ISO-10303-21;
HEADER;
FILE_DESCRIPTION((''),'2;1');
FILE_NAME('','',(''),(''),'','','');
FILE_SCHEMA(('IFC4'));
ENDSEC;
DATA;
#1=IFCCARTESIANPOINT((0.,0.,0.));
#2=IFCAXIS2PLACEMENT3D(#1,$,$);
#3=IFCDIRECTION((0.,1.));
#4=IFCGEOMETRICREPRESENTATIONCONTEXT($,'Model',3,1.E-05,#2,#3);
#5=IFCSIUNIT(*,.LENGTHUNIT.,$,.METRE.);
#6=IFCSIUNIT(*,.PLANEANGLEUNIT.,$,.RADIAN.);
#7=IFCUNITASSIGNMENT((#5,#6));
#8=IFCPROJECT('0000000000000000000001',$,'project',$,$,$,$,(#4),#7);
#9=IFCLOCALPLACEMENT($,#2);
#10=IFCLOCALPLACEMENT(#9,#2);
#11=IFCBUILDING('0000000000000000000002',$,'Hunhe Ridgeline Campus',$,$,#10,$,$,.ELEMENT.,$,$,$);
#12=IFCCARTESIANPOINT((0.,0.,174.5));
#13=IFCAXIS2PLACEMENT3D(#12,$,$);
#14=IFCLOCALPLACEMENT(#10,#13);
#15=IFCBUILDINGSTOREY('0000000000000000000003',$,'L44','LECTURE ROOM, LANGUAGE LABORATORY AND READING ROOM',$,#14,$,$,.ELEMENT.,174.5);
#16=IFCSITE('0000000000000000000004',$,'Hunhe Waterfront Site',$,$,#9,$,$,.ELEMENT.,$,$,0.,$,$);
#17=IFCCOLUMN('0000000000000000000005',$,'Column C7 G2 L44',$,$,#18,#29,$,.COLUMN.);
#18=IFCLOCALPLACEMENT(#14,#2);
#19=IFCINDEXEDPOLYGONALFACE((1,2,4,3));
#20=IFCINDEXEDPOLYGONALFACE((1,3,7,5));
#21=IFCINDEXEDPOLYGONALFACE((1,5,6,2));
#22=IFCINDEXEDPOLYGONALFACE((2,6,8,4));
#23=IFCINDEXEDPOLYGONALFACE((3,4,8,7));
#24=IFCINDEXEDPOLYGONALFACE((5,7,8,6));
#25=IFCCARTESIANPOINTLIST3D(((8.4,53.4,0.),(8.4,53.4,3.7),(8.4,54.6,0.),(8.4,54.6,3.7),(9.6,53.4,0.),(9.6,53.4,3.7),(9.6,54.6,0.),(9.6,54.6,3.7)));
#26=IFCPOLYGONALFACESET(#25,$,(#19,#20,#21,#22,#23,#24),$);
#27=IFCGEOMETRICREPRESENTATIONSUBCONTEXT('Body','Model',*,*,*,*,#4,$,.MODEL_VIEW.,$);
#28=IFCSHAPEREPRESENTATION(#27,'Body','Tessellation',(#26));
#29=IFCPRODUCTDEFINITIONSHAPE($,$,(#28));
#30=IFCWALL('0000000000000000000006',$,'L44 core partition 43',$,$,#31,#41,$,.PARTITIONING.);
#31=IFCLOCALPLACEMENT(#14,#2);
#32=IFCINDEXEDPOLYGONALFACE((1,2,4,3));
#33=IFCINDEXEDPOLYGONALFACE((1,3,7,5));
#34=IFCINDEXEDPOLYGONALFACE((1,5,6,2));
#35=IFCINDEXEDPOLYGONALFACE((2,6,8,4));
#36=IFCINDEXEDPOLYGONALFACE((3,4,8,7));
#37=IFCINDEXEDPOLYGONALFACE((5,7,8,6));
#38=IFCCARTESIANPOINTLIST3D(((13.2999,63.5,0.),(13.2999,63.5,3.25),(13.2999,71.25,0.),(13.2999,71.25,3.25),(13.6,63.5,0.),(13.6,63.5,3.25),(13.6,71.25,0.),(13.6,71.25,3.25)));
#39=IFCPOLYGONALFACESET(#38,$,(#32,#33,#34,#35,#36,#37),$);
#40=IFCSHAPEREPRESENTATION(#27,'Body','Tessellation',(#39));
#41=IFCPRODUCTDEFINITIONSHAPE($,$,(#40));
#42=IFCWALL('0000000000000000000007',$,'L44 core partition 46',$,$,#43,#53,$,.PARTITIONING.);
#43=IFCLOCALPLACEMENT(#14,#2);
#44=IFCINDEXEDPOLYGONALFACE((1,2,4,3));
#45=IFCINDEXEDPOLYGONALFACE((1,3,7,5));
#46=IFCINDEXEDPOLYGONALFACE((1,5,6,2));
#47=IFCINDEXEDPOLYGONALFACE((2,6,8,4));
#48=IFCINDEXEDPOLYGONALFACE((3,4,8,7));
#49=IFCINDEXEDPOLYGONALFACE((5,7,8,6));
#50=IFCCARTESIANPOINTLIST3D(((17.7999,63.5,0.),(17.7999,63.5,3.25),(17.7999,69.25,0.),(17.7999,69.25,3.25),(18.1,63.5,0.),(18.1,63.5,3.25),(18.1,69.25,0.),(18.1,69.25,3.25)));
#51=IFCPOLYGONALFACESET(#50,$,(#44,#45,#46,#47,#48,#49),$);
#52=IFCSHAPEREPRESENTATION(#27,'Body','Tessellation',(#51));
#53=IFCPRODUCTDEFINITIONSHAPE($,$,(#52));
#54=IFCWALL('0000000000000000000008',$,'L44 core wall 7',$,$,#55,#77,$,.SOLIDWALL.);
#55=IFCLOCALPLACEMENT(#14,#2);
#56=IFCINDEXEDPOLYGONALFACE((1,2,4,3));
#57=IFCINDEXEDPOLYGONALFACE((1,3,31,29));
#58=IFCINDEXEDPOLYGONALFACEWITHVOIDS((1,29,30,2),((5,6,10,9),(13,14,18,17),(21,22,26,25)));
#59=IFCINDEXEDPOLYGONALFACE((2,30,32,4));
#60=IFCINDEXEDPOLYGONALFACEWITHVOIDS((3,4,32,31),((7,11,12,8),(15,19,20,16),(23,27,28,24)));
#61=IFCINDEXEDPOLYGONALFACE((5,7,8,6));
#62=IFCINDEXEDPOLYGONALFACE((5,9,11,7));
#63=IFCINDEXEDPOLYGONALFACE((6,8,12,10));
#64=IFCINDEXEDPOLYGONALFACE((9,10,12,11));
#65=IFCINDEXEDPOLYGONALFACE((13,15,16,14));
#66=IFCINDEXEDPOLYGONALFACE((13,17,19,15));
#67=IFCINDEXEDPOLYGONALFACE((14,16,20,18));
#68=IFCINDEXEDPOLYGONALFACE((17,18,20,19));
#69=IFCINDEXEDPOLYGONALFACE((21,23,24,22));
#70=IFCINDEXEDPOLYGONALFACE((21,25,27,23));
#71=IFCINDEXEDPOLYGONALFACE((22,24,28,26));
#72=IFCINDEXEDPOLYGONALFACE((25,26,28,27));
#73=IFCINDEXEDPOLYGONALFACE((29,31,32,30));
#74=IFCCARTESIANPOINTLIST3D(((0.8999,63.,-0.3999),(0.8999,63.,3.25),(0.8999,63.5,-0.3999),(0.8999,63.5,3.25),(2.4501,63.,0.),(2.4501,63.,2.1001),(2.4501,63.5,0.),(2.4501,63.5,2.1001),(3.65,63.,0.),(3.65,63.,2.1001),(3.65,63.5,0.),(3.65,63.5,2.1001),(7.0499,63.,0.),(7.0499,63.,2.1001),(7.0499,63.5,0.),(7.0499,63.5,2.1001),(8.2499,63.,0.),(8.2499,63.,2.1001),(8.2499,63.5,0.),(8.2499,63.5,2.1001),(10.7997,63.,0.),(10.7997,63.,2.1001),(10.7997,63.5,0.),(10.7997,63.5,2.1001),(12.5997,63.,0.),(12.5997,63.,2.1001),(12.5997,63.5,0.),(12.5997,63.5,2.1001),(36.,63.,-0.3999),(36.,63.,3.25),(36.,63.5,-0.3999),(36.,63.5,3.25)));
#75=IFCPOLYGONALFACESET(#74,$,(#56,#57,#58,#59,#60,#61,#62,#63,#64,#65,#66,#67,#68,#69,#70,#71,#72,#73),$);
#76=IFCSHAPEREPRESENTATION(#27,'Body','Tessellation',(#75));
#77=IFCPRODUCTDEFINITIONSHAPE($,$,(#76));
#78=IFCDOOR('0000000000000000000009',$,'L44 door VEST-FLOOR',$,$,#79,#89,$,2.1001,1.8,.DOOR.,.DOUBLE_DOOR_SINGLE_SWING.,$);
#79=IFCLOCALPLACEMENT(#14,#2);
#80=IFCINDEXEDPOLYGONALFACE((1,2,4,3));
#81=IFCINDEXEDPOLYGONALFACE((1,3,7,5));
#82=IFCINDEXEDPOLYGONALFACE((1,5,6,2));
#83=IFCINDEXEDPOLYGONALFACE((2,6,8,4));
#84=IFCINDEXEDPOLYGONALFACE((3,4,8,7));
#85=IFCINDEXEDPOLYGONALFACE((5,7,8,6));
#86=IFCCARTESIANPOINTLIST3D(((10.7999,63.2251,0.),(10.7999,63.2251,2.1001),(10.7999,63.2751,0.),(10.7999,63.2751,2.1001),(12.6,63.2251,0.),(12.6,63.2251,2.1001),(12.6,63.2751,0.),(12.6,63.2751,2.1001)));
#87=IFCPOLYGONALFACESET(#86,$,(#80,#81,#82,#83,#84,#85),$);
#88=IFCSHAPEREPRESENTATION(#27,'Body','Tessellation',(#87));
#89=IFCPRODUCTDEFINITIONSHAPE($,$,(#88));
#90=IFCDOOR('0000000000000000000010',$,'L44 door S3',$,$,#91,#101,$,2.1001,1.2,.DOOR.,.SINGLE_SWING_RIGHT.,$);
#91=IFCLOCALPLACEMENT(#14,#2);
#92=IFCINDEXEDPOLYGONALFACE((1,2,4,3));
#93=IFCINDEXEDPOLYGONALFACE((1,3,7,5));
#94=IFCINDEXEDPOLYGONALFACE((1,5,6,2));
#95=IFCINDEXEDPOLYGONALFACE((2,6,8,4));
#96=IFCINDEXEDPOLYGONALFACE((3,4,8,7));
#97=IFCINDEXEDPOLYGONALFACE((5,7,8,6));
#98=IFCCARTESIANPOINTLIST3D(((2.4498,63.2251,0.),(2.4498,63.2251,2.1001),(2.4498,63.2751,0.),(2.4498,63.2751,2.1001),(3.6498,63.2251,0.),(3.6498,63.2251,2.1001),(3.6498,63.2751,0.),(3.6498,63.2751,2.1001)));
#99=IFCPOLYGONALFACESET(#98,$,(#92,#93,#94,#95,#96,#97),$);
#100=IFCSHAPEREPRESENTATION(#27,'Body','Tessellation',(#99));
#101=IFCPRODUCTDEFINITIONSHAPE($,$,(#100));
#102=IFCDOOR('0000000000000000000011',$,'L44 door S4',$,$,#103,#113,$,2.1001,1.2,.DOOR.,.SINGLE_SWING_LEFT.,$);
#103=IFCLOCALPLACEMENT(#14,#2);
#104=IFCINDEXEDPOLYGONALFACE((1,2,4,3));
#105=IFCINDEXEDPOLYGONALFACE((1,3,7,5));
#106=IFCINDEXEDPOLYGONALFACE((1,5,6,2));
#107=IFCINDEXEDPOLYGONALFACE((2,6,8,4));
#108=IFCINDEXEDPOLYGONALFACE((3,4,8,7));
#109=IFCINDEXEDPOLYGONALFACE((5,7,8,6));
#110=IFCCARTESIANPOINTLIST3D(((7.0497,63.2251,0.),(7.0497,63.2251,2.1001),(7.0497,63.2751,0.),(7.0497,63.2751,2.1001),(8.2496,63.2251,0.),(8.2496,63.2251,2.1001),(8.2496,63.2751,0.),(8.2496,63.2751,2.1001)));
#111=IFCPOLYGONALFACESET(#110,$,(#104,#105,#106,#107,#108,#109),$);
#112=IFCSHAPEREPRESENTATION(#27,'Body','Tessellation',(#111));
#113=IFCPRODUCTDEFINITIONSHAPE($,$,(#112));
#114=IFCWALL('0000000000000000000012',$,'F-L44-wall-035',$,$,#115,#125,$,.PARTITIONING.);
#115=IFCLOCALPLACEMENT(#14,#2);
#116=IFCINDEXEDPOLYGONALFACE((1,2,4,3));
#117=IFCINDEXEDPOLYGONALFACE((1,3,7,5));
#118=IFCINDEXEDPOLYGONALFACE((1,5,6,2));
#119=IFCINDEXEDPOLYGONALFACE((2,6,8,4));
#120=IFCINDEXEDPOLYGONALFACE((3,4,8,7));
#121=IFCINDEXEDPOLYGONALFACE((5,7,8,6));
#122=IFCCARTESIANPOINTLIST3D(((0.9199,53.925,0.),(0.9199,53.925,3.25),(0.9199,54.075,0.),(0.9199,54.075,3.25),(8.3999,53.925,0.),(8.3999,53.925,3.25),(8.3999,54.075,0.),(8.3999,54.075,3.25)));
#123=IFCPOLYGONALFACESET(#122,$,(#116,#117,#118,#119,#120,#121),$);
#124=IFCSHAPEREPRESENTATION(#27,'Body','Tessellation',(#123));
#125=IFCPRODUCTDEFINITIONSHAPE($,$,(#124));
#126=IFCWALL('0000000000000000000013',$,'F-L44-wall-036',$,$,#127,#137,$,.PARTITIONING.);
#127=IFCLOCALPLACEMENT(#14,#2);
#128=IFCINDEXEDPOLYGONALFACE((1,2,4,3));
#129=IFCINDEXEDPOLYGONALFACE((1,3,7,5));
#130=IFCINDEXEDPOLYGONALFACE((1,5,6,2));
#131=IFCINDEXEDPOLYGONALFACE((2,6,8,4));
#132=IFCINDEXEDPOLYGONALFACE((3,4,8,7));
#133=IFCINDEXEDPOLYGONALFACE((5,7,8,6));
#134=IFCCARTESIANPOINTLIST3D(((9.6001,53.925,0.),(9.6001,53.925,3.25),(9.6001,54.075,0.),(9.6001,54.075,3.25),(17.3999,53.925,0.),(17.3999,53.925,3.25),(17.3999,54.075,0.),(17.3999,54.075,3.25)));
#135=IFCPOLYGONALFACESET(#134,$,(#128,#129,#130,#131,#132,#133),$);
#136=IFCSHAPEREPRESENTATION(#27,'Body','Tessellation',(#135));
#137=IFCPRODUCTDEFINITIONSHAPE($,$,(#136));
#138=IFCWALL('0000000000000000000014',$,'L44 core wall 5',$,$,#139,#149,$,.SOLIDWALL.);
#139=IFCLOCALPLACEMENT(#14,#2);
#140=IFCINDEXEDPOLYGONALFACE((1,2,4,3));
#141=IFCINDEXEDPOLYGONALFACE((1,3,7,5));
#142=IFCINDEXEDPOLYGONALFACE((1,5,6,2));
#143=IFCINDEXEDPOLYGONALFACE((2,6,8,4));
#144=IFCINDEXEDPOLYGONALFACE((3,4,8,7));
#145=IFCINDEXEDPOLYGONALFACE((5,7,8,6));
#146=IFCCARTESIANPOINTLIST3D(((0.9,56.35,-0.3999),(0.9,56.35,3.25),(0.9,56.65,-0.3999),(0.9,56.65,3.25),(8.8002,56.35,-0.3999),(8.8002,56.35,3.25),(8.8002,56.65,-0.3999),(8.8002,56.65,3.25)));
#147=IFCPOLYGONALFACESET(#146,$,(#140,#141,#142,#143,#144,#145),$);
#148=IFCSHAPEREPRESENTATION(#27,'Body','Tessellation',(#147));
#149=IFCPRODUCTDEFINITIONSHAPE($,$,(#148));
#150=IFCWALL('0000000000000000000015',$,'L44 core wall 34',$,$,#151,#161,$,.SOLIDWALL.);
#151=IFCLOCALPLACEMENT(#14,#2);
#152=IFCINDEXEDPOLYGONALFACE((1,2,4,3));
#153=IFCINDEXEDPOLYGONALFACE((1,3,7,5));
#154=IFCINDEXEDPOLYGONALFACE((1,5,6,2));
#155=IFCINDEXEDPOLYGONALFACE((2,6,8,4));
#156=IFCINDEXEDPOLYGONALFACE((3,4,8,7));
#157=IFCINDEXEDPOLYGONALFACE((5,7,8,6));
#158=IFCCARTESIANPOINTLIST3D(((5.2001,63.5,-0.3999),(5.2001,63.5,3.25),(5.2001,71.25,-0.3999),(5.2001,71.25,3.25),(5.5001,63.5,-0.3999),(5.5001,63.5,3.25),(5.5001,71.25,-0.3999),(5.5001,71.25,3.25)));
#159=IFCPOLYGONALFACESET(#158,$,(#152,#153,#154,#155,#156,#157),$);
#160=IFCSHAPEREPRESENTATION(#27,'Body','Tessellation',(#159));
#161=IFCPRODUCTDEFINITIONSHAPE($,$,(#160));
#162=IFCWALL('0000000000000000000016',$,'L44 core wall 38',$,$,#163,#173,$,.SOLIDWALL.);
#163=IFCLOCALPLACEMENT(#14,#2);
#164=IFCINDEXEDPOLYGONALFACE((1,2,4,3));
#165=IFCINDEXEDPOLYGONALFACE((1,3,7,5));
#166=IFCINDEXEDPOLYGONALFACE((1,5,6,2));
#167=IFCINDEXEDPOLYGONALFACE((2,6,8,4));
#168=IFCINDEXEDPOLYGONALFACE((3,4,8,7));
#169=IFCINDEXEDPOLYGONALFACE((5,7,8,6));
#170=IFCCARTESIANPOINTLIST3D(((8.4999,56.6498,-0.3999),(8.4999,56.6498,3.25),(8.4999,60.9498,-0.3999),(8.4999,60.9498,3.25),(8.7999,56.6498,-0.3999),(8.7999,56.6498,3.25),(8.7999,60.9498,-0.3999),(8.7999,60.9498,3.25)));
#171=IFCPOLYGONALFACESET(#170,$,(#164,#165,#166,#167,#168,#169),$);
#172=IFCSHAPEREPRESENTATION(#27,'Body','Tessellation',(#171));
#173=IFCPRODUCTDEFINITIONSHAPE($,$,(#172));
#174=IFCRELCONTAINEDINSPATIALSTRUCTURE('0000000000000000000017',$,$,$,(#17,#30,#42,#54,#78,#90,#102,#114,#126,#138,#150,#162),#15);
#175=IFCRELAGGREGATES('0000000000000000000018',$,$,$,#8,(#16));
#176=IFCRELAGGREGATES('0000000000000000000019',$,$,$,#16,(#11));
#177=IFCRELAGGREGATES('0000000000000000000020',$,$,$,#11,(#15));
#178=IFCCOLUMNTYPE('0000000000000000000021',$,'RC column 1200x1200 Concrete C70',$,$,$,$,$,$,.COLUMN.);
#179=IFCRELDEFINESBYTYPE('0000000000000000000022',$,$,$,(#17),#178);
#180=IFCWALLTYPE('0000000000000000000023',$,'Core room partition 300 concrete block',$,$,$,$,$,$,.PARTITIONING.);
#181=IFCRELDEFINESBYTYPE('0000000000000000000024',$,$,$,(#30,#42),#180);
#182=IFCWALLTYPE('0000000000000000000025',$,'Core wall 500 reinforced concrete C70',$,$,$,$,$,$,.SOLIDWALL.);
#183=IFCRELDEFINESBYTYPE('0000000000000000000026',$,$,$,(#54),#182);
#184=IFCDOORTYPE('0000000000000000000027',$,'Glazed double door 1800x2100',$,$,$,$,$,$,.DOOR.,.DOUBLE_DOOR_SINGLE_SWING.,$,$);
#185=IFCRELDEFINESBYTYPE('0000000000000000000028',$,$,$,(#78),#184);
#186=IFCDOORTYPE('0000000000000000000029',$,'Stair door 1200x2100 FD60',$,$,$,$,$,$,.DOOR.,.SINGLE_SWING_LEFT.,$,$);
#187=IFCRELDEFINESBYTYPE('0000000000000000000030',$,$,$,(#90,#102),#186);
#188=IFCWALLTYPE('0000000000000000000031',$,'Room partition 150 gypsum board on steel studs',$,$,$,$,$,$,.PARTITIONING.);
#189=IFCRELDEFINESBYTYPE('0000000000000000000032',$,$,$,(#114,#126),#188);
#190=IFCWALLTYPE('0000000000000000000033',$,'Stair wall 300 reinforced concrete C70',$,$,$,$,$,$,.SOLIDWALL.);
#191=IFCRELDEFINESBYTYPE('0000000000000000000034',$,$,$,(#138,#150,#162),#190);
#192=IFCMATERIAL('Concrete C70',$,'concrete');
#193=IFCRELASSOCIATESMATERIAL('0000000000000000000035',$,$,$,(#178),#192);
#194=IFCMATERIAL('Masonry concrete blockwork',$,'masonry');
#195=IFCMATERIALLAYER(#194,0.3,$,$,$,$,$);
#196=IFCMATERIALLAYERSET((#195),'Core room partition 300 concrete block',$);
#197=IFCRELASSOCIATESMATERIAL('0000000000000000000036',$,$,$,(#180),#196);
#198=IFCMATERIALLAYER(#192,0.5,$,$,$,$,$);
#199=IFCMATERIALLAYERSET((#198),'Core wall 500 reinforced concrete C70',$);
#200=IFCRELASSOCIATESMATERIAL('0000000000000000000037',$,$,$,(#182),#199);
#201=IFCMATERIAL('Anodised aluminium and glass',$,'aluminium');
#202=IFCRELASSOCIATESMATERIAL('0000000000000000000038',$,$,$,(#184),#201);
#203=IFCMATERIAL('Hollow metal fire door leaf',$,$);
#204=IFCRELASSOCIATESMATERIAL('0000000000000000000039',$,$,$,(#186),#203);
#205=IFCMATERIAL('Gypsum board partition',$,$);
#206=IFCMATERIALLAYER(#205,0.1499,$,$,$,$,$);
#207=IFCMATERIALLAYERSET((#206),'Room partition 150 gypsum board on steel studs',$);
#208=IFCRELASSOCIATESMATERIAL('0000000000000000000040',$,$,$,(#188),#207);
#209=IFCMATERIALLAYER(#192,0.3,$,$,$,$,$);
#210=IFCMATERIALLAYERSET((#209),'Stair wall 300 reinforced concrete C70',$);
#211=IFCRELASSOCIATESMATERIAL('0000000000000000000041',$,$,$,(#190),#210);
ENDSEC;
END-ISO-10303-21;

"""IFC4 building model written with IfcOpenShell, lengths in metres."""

from ifc_helpers import new_model, si_unit, direction, frame, frame_2d, origin, origin_2d, place, context, subcontext, project, spatial, rectangle, extrude, material, layer, layer_set, material_profile, profile_set, type_object, element, fill, save


model = new_model("IFC4")

# Units and contexts
model_context = context("Model", 3, precision=1e-05, world=origin(), true_north=direction((0.0, 1.0)))
body_context = subcontext(model_context, "Body", "Model", "MODEL_VIEW")
ifc_project = project(units=[si_unit("LENGTHUNIT", "METRE"), si_unit("PLANEANGLEUNIT", "RADIAN")], contexts=[model_context])

# Site, building, storey
site_placement = place(None, origin())
site = spatial("IfcSite", under=ifc_project, at=site_placement, Name="Hunhe Waterfront Site", CompositionType="ELEMENT", RefElevation=0.0)
building_placement = place(site_placement, origin())
building = spatial("IfcBuilding", under=site, at=building_placement, Name="Hunhe Ridgeline Campus", CompositionType="ELEMENT")
storey_placement = place(building_placement, frame((0.0, 0.0, 174.5)))
storey = spatial("IfcBuildingStorey", under=building, at=storey_placement, Name="L44", Description="LECTURE ROOM, LANGUAGE LABORATORY AND READING ROOM", CompositionType="ELEMENT", Elevation=174.5)

# Column
ifc_material_1 = material(Name="Concrete C70", Category="concrete")
ifc_material_profile = material_profile(ifc_material_1, rectangle(XDim=1.2, YDim=1.2, at=origin_2d()))
ifc_profile_set = profile_set([ifc_material_profile], Name="Concrete C70")
column_type = type_object("IfcColumnType", Name="RC column 1200x1200 Concrete C70", PredefinedType="COLUMN", material=ifc_profile_set)
column_placement = place(storey_placement, frame((9.0, 54.0, 0.0), z_axis=(0.0, 0.0, 1.0), x_axis=(1.0, 0.0, 0.0)))
element("IfcColumn", 1, at=column_placement, inside=storey, type_object=column_type, Name="Column C7 G2 L44", PredefinedType="COLUMN", context=body_context, shape_type="SweptSolid", body=[
    extrude(rectangle(XDim=1.2, YDim=1.2, at=origin_2d()), origin(), (0.0, 0.0, 1.0), 3.7),
])

# Shared definitions
ifc_material_2 = material(Name="Masonry concrete blockwork", Category="masonry")
ifc_layer_1 = layer(ifc_material_2, 0.3)
ifc_layer_set_1 = layer_set([ifc_layer_1], Name="Core room partition 300 concrete block")
wall_type_1 = type_object("IfcWallType", Name="Core room partition 300 concrete block", PredefinedType="PARTITIONING", material=ifc_layer_set_1)

# Walls
wall_1_placement = place(storey_placement, frame((13.45, 63.5, 0.0), z_axis=(0.0, 0.0, 1.0), x_axis=(0.0, 1.0, 0.0)))
element("IfcWall", 2, at=wall_1_placement, inside=storey, type_object=wall_type_1, Name="L44 core partition 43", PredefinedType="PARTITIONING", context=body_context, shape_type="SweptSolid", body=[
    extrude(rectangle(XDim=7.75, YDim=0.3, at=frame_2d((3.875, 0.0))), origin(), (0.0, 0.0, 1.0), 3.25),
])
wall_2_placement = place(storey_placement, frame((17.95, 63.5, 0.0), z_axis=(0.0, 0.0, 1.0), x_axis=(0.0, 1.0, 0.0)))
element("IfcWall", 3, at=wall_2_placement, inside=storey, type_object=wall_type_1, Name="L44 core partition 46", PredefinedType="PARTITIONING", context=body_context, shape_type="SweptSolid", body=[
    extrude(rectangle(XDim=5.75, YDim=0.3, at=frame_2d((2.875, 0.0))), origin(), (0.0, 0.0, 1.0), 3.25),
])

# Wall, openings, doors
ifc_layer_2 = layer(ifc_material_1, 0.5)
ifc_layer_set_2 = layer_set([ifc_layer_2], Name="Core wall 500 reinforced concrete C70")
wall_type_2 = type_object("IfcWallType", Name="Core wall 500 reinforced concrete C70", PredefinedType="SOLIDWALL", material=ifc_layer_set_2)
wall_3_placement = place(storey_placement, frame((0.8999, 63.25, -0.3999), z_axis=(0.0, 0.0, 1.0), x_axis=(1.0, 0.0, 0.0)))
wall_3 = element("IfcWall", 4, at=wall_3_placement, inside=storey, type_object=wall_type_2, Name="L44 core wall 7", PredefinedType="SOLIDWALL", context=body_context, shape_type="SweptSolid", body=[
    extrude(rectangle(XDim=35.1001, YDim=0.5, at=frame_2d((17.55, 0.0))), origin(), (0.0, 0.0, 1.0), 3.6499),
])
opening_1_placement = place(wall_3_placement, frame((9.8999, 0.0, 0.3999)))
opening_1 = element("IfcOpeningElement", 5, at=opening_1_placement, cuts=wall_3, PredefinedType="OPENING", context=body_context, shape_type="SweptSolid", body=[
    extrude(rectangle(XDim=1.8, YDim=2.1001, at=frame_2d((0.8999, 1.05))), frame((0.0, 0.25, 0.0), z_axis=(0.0, -1.0, 0.0), x_axis=(1.0, 0.0, 0.0)), (0.0, 0.0, 1.0), 0.5),
])
opening_2_placement = place(wall_3_placement, frame((1.55, 0.0, 0.3999)))
opening_2 = element("IfcOpeningElement", 6, at=opening_2_placement, cuts=wall_3, PredefinedType="OPENING", context=body_context, shape_type="SweptSolid", body=[
    extrude(rectangle(XDim=1.2, YDim=2.1001, at=frame_2d((0.6001, 1.05))), frame((0.0, 0.25, 0.0), z_axis=(0.0, -1.0, 0.0), x_axis=(1.0, 0.0, 0.0)), (0.0, 0.0, 1.0), 0.5),
])
opening_3_placement = place(wall_3_placement, frame((6.1499, 0.0, 0.3999)))
opening_3 = element("IfcOpeningElement", 7, at=opening_3_placement, cuts=wall_3, PredefinedType="OPENING", context=body_context, shape_type="SweptSolid", body=[
    extrude(rectangle(XDim=1.2, YDim=2.1001, at=frame_2d((0.6001, 1.05))), frame((0.0, 0.25, 0.0), z_axis=(0.0, -1.0, 0.0), x_axis=(1.0, 0.0, 0.0)), (0.0, 0.0, 1.0), 0.5),
])
ifc_material_3 = material(Name="Anodised aluminium and glass", Category="aluminium")
door_type_1 = type_object("IfcDoorType", Name="Glazed double door 1800x2100", OperationType="DOUBLE_DOOR_SINGLE_SWING", PredefinedType="DOOR", material=ifc_material_3)
door_1_placement = place(opening_1_placement, frame((1.8, 0.0, 0.0), z_axis=(0.0, 0.0, 1.0), x_axis=(-1.0, 0.0, 0.0)))
door_1 = element("IfcDoor", 8, at=door_1_placement, inside=storey, type_object=door_type_1, Name="L44 door VEST-FLOOR", OperationType="DOUBLE_DOOR_SINGLE_SWING", OverallHeight=2.1001, OverallWidth=1.8, PredefinedType="DOOR", context=body_context, shape_type="SweptSolid", body=[
    extrude(rectangle(XDim=1.8, YDim=2.1001, at=frame_2d((0.8999, 1.05))), frame((0.0, 0.0249, 0.0), z_axis=(0.0, -1.0, 0.0), x_axis=(1.0, 0.0, 0.0)), (0.0, 0.0, 1.0), 0.05),
])
fill(opening_1, door_1)
ifc_material_4 = material(Name="Hollow metal fire door leaf")
door_type_2 = type_object("IfcDoorType", Name="Stair door 1200x2100 FD60", OperationType="SINGLE_SWING_LEFT", PredefinedType="DOOR", material=ifc_material_4)
door_2_placement = place(opening_2_placement, frame((1.2, 0.0, 0.0), z_axis=(0.0, 0.0, 1.0), x_axis=(-1.0, 0.0, 0.0)))
door_2 = element("IfcDoor", 9, at=door_2_placement, inside=storey, type_object=door_type_2, Name="L44 door S3", OperationType="SINGLE_SWING_RIGHT", OverallHeight=2.1001, OverallWidth=1.2, PredefinedType="DOOR", context=body_context, shape_type="SweptSolid", body=[
    extrude(rectangle(XDim=1.2, YDim=2.1001, at=frame_2d((0.6001, 1.05))), frame((0.0, 0.0249, 0.0), z_axis=(0.0, -1.0, 0.0), x_axis=(1.0, 0.0, 0.0)), (0.0, 0.0, 1.0), 0.05),
])
fill(opening_2, door_2)
door_3_placement = place(opening_3_placement, frame((1.2, 0.0, 0.0), z_axis=(0.0, 0.0, 1.0), x_axis=(-1.0, 0.0, 0.0)))
door_3 = element("IfcDoor", 10, at=door_3_placement, inside=storey, type_object=door_type_2, Name="L44 door S4", OperationType="SINGLE_SWING_LEFT", OverallHeight=2.1001, OverallWidth=1.2, PredefinedType="DOOR", context=body_context, shape_type="SweptSolid", body=[
    extrude(rectangle(XDim=1.2, YDim=2.1001, at=frame_2d((0.6001, 1.05))), frame((0.0, 0.0249, 0.0), z_axis=(0.0, -1.0, 0.0), x_axis=(1.0, 0.0, 0.0)), (0.0, 0.0, 1.0), 0.05),
])
fill(opening_3, door_3)

# Walls
ifc_material_5 = material(Name="Gypsum board partition")
ifc_layer_3 = layer(ifc_material_5, 0.1499)
ifc_layer_set_3 = layer_set([ifc_layer_3], Name="Room partition 150 gypsum board on steel studs")
wall_type_3 = type_object("IfcWallType", Name="Room partition 150 gypsum board on steel studs", PredefinedType="PARTITIONING", material=ifc_layer_set_3)
wall_4_placement = place(storey_placement, frame((0.9199, 54.0, 0.0), z_axis=(0.0, 0.0, 1.0), x_axis=(1.0, 0.0, 0.0)))
element("IfcWall", 11, at=wall_4_placement, inside=storey, type_object=wall_type_3, Name="F-L44-wall-035", PredefinedType="PARTITIONING", context=body_context, shape_type="SweptSolid", body=[
    extrude(rectangle(XDim=7.48, YDim=0.1499, at=frame_2d((3.74, 0.0))), origin(), (0.0, 0.0, 1.0), 3.25),
])
wall_5_placement = place(storey_placement, frame((9.6001, 54.0, 0.0), z_axis=(0.0, 0.0, 1.0), x_axis=(1.0, 0.0, 0.0)))
element("IfcWall", 12, at=wall_5_placement, inside=storey, type_object=wall_type_3, Name="F-L44-wall-036", PredefinedType="PARTITIONING", context=body_context, shape_type="SweptSolid", body=[
    extrude(rectangle(XDim=7.7998, YDim=0.1499, at=frame_2d((3.8999, 0.0))), origin(), (0.0, 0.0, 1.0), 3.25),
])
ifc_layer_4 = layer(ifc_material_1, 0.3)
ifc_layer_set_4 = layer_set([ifc_layer_4], Name="Stair wall 300 reinforced concrete C70")
wall_type_4 = type_object("IfcWallType", Name="Stair wall 300 reinforced concrete C70", PredefinedType="SOLIDWALL", material=ifc_layer_set_4)
wall_6_placement = place(storey_placement, frame((0.8999, 56.5, -0.3999), z_axis=(0.0, 0.0, 1.0), x_axis=(1.0, 0.0, 0.0)))
element("IfcWall", 13, at=wall_6_placement, inside=storey, type_object=wall_type_4, Name="L44 core wall 5", PredefinedType="SOLIDWALL", context=body_context, shape_type="SweptSolid", body=[
    extrude(rectangle(XDim=7.9001, YDim=0.3, at=frame_2d((3.9502, 0.0))), origin(), (0.0, 0.0, 1.0), 3.6499),
])

# Walls
wall_7_placement = place(storey_placement, frame((5.3501, 63.5, -0.3999), z_axis=(0.0, 0.0, 1.0), x_axis=(0.0, 1.0, 0.0)))
element("IfcWall", 14, at=wall_7_placement, inside=storey, type_object=wall_type_4, Name="L44 core wall 34", PredefinedType="SOLIDWALL", context=body_context, shape_type="SweptSolid", body=[
    extrude(rectangle(XDim=7.75, YDim=0.3, at=frame_2d((3.875, 0.0))), origin(), (0.0, 0.0, 1.0), 3.6499),
])
wall_8_placement = place(storey_placement, frame((8.6499, 56.6499, -0.3999), z_axis=(0.0, 0.0, 1.0), x_axis=(0.0, 1.0, 0.0)))
element("IfcWall", 15, at=wall_8_placement, inside=storey, type_object=wall_type_4, Name="L44 core wall 38", PredefinedType="SOLIDWALL", context=body_context, shape_type="SweptSolid", body=[
    extrude(rectangle(XDim=4.3, YDim=0.3, at=frame_2d((2.1499, 0.0))), origin(), (0.0, 0.0, 1.0), 3.6499),
])

save(model, "model.ifc")
